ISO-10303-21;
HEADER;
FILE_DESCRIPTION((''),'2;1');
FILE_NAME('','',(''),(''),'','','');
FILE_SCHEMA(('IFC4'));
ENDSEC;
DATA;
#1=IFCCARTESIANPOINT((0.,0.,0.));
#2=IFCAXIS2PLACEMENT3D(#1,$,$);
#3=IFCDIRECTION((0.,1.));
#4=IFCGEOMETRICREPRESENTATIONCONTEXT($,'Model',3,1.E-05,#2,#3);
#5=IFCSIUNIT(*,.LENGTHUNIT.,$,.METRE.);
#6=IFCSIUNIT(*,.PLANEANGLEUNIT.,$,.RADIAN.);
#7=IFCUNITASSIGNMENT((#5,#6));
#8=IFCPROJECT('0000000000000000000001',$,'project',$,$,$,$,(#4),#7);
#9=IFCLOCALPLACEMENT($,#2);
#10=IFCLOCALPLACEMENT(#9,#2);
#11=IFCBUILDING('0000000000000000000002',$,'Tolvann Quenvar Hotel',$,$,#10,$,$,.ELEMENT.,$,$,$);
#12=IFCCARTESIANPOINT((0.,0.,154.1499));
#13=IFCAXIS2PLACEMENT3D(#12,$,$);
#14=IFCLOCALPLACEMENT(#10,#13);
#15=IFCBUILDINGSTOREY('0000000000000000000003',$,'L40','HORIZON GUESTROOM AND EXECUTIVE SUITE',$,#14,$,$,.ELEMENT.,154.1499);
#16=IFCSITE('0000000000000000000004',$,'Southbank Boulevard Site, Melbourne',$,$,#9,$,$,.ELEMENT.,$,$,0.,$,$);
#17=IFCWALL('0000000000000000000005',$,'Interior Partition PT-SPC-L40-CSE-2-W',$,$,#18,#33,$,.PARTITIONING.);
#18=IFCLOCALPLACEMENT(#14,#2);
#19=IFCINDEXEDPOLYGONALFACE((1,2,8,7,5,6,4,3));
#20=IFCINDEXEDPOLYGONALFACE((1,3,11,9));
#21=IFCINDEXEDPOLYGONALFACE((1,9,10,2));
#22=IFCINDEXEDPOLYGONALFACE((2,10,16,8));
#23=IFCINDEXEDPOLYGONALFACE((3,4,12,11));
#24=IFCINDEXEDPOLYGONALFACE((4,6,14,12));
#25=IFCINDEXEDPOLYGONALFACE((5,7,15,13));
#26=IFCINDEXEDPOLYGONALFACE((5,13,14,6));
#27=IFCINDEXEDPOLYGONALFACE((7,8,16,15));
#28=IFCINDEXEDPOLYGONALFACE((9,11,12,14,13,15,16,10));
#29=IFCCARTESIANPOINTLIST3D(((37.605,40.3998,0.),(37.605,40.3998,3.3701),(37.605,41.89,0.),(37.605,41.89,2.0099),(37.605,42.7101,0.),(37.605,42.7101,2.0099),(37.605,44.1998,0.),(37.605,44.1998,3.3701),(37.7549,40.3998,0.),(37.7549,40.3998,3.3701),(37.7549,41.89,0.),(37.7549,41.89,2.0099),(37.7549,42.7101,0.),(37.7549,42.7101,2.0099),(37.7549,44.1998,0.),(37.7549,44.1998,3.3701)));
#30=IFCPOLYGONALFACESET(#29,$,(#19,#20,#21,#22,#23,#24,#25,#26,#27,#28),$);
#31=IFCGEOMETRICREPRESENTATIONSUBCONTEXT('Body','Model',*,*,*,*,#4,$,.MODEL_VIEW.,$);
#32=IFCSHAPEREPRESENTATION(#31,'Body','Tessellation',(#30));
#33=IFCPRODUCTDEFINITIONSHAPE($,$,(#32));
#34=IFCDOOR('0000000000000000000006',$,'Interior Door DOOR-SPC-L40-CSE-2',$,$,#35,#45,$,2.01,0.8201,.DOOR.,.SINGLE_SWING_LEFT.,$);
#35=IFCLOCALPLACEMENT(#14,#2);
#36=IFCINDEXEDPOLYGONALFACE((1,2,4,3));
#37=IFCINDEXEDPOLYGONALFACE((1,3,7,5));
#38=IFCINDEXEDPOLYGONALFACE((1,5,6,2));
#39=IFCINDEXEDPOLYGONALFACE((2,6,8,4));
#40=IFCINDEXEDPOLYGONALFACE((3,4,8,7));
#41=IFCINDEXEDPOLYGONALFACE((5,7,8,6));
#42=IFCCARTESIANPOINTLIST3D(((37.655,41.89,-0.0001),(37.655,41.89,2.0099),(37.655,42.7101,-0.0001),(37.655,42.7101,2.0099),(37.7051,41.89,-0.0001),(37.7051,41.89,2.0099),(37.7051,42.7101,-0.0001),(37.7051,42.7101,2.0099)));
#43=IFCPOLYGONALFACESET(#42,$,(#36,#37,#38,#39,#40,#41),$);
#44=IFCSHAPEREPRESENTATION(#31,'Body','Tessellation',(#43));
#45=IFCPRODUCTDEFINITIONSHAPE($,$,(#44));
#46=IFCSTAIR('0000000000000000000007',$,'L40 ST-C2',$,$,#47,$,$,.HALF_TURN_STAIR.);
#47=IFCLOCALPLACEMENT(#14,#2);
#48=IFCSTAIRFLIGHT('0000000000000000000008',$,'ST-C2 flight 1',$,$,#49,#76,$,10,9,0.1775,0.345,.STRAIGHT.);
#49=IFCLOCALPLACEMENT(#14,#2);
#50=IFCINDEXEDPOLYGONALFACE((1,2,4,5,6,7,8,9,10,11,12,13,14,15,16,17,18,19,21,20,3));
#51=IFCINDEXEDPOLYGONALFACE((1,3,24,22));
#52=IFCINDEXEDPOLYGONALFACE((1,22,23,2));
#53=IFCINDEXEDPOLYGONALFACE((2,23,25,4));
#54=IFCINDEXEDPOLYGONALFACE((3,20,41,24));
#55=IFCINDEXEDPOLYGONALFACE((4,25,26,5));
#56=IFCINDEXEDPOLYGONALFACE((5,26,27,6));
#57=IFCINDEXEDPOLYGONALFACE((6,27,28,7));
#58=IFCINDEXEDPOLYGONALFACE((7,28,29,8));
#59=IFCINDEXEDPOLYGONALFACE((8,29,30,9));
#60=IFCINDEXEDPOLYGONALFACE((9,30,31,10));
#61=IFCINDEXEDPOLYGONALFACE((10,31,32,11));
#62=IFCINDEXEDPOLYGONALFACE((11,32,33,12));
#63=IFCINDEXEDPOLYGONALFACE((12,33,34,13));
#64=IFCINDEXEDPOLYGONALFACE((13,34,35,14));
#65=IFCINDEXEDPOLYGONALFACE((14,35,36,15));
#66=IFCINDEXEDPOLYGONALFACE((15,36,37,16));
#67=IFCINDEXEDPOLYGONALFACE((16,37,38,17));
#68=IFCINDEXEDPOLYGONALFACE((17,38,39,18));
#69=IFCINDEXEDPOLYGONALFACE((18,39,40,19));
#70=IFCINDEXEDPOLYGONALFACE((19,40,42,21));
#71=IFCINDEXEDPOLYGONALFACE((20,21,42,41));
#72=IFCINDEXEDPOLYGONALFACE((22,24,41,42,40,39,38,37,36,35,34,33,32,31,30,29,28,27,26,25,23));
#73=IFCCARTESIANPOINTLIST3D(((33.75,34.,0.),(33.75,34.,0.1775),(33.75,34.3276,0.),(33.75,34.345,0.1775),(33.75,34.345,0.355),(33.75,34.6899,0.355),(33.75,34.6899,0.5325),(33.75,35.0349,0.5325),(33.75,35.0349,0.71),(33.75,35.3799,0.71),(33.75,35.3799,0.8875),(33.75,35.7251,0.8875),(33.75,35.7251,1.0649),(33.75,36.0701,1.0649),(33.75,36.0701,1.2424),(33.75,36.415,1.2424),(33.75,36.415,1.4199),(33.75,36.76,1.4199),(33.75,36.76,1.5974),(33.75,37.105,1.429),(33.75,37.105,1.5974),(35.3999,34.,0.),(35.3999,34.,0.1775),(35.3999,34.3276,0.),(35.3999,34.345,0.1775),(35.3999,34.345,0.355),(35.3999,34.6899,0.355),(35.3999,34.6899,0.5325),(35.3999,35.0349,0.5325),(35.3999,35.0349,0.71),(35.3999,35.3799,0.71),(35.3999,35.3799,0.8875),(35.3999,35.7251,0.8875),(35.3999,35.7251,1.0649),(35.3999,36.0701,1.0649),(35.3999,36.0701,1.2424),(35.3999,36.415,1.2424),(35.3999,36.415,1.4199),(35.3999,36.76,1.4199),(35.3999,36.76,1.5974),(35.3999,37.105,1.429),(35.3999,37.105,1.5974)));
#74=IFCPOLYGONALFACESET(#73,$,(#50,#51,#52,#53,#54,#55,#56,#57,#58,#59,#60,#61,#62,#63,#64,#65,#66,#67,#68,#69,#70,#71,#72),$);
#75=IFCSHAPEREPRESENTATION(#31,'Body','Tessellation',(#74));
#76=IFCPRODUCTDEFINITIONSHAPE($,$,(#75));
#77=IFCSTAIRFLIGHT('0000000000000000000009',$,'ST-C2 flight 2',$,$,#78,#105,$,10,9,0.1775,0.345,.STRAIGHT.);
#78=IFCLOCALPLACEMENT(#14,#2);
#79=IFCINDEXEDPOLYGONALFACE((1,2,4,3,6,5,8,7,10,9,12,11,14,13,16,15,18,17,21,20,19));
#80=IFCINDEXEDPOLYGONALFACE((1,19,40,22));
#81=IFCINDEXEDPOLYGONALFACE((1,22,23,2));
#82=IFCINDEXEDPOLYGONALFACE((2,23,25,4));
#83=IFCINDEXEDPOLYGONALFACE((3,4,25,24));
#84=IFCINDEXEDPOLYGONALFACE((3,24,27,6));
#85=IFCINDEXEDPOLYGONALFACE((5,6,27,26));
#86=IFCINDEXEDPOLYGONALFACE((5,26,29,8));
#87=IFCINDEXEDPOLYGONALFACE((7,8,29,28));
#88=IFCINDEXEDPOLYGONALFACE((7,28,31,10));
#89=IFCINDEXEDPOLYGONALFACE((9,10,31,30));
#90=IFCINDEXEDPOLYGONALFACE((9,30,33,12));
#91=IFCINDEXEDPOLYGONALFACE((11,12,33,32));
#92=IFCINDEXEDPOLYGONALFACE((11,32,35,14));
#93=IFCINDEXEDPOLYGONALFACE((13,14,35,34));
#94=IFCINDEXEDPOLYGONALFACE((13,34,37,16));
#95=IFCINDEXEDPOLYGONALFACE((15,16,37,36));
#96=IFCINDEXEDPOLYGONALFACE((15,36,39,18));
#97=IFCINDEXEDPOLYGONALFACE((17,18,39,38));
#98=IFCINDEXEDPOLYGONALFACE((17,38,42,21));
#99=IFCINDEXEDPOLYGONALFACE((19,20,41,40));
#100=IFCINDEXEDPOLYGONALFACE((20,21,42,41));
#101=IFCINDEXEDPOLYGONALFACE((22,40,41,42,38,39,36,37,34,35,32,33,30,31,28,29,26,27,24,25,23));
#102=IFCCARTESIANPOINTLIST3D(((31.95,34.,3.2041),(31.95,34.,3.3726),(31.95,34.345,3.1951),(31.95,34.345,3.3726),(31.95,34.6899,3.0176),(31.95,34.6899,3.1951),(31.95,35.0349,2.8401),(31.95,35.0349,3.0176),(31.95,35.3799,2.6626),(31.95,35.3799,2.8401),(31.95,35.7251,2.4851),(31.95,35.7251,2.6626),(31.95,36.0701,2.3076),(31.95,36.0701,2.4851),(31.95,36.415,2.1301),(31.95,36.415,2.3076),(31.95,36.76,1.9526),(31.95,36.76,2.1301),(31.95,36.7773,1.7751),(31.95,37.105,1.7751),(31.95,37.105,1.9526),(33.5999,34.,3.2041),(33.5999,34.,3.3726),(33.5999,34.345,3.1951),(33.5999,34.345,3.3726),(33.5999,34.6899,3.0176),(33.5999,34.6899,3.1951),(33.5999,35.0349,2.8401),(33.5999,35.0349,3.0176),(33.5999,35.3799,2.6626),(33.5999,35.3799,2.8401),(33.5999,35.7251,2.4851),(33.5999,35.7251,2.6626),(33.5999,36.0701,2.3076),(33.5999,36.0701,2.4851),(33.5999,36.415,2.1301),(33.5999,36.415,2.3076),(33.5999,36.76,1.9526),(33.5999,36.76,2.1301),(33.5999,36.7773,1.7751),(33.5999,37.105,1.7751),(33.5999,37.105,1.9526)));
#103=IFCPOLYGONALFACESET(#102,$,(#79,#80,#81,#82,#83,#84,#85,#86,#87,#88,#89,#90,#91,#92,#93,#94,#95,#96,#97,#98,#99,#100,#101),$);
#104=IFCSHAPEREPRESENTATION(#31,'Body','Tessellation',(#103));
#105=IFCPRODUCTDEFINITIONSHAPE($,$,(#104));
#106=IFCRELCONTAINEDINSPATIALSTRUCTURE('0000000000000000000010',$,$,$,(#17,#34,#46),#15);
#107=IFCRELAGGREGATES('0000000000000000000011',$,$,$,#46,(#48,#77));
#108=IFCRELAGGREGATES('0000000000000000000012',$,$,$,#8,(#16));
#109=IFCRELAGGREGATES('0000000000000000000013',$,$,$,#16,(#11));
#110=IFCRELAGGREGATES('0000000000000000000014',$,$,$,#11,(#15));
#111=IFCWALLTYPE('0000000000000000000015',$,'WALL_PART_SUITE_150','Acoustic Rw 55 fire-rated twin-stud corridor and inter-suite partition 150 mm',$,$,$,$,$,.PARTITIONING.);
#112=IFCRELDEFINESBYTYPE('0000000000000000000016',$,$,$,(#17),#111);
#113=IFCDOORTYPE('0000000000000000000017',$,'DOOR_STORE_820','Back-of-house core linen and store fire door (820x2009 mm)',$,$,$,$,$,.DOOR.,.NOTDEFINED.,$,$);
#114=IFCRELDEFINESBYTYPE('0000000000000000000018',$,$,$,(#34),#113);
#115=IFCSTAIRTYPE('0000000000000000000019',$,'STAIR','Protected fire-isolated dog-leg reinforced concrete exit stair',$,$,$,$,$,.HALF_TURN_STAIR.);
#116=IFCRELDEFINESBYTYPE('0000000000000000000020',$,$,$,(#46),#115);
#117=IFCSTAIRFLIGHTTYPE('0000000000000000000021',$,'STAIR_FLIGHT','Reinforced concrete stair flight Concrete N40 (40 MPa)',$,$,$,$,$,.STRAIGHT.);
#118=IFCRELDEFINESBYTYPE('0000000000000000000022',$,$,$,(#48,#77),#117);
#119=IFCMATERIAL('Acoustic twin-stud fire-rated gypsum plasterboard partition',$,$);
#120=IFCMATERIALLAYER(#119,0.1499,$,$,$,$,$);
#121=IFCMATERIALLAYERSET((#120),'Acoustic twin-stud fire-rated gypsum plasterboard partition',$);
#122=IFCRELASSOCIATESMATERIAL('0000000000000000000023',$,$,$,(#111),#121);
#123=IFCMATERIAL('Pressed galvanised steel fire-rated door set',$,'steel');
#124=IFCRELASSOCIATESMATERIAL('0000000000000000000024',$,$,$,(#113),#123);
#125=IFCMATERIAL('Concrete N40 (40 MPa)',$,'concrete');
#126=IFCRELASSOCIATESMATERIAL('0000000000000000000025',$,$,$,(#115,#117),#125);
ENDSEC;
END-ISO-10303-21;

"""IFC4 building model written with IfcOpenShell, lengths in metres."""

from ifc_helpers import new_model, si_unit, direction, frame, frame_2d, origin, place, context, subcontext, project, spatial, polyline, rectangle, outline, extrude, source, transform, mapped, material, layer, layer_set, type_object, type_shapes, element, fill, aggregate, save


model = new_model("IFC4")

# Units and contexts
model_context = context("Model", 3, precision=1e-05, world=origin(), true_north=direction((0.0, 1.0)))
body_context = subcontext(model_context, "Body", "Model", "MODEL_VIEW")
ifc_project = project(units=[si_unit("LENGTHUNIT", "METRE"), si_unit("PLANEANGLEUNIT", "RADIAN")], contexts=[model_context])

# Site, building, storey
site_placement = place(None, origin())
site = spatial("IfcSite", under=ifc_project, at=site_placement, Name="Southbank Boulevard Site, Melbourne", CompositionType="ELEMENT", RefElevation=0.0)
building_placement = place(site_placement, origin())
building = spatial("IfcBuilding", under=site, at=building_placement, Name="Tolvann Quenvar Hotel", CompositionType="ELEMENT")
storey_placement = place(building_placement, frame((0.0, 0.0, 154.1499)))
storey = spatial("IfcBuildingStorey", under=building, at=storey_placement, Name="L40", Description="HORIZON GUESTROOM AND EXECUTIVE SUITE", CompositionType="ELEMENT", Elevation=154.1499)

# Shared definitions
ifc_material_1 = material(Name="Acoustic twin-stud fire-rated gypsum plasterboard partition")
ifc_layer_1 = layer(ifc_material_1, 0.1499)
ifc_layer_set_1 = layer_set([ifc_layer_1], Name="Acoustic twin-stud fire-rated gypsum plasterboard partition")
wall_type_1 = type_object("IfcWallType", Name="WALL_PART_SUITE_150", Description="Acoustic Rw 55 fire-rated twin-stud corridor and inter-suite partition 150 mm", PredefinedType="PARTITIONING", material=ifc_layer_set_1)

# Shared definitions
ifc_material_2 = material(Name="Pressed galvanised steel fire-rated door set", Category="steel")

# Shared definitions
door_type_1 = type_object("IfcDoorType", Name="DOOR_STORE_820", Description="Back-of-house core linen and store fire door (820x2009 mm)", OperationType="NOTDEFINED", PredefinedType="DOOR", material=ifc_material_2)
shared_shape_1 = source(origin(), body_context, "Body", "SweptSolid", [
    extrude(rectangle(XDim=0.8201, YDim=2.01, at=frame_2d((0.4102, 1.0049))), frame((0.0, 0.0249, 0.0), z_axis=(0.0, -1.0, 0.0), x_axis=(1.0, 0.0, 0.0)), (0.0, 0.0, 1.0), 0.05),
])
type_shapes(door_type_1, [shared_shape_1])

# Wall, opening, door
wall_1_placement = place(storey_placement, frame((37.6799, 40.3999, 0.0), z_axis=(0.0, 0.0, 1.0), x_axis=(0.0, 1.0, 0.0)))
wall_1 = element("IfcWall", 1, at=wall_1_placement, inside=storey, type_object=wall_type_1, Name="Interior Partition PT-SPC-L40-CSE-2-W", PredefinedType="PARTITIONING", context=body_context, shape_type="SweptSolid", body=[
    extrude(rectangle(XDim=3.8, YDim=0.1499, at=frame_2d((1.8999, 0.0))), origin(), (0.0, 0.0, 1.0), 3.3701),
])
opening_1_placement = place(wall_1_placement, frame((1.49, 0.0, 0.0)))
opening_1 = element("IfcOpeningElement", 2, at=opening_1_placement, cuts=wall_1, PredefinedType="OPENING", context=body_context, shape_type="SweptSolid", body=[
    extrude(rectangle(XDim=0.8201, YDim=2.01, at=frame_2d((0.4102, 1.0049))), frame((0.0, 0.085, 0.0), z_axis=(0.0, -1.0, 0.0), x_axis=(1.0, 0.0, 0.0)), (0.0, 0.0, 1.0), 0.1699),
])
door_1_placement = place(opening_1_placement, origin())
door_1 = element("IfcDoor", 3, at=door_1_placement, inside=storey, type_object=door_type_1, Name="Interior Door DOOR-SPC-L40-CSE-2", OperationType="SINGLE_SWING_LEFT", OverallHeight=2.01, OverallWidth=0.8201, PredefinedType="DOOR", context=body_context, shape_type="MappedRepresentation", body=[
    mapped(shared_shape_1, transform((0.0, 0.0, 0.0), x_axis=(1.0, 0.0, 0.0), y_axis=(0.0, 1.0, 0.0), z_axis=(0.0, 0.0, 1.0), scale=1.0)),
])
fill(opening_1, door_1)

# Stair, stair flights
ifc_material_3 = material(Name="Concrete N40 (40 MPa)", Category="concrete")
stair_type = type_object("IfcStairType", Name="STAIR", Description="Protected fire-isolated dog-leg reinforced concrete exit stair", PredefinedType="HALF_TURN_STAIR", material=ifc_material_3)
stair_placement = place(storey_placement, origin())
stair = element("IfcStair", 4, at=stair_placement, inside=storey, type_object=stair_type, Name="L40 ST-C2", PredefinedType="HALF_TURN_STAIR")
stair_flight_type = type_object("IfcStairFlightType", Name="STAIR_FLIGHT", Description="Reinforced concrete stair flight Concrete N40 (40 MPa)", PredefinedType="STRAIGHT", material=ifc_material_3)
stair_flight_1_placement = place(storey_placement, frame((34.575, 34.0, 0.0), z_axis=(0.0, 0.0, 1.0), x_axis=(0.0, 1.0, 0.0)))
stair_flight_1 = element("IfcStairFlight", 5, at=stair_flight_1_placement, type_object=stair_flight_type, Name="ST-C2 flight 1", NumberOfRisers=10, NumberOfTreads=9, PredefinedType="STRAIGHT", RiserHeight=0.1775, TreadLength=0.345, context=body_context, shape_type="SweptSolid", body=[
    extrude(outline(polyline([(0.0, 0.0), (0.0, 0.1775), (0.345, 0.1775), (0.345, 0.355), (0.6899, 0.355), (0.6899, 0.5325), (1.0349, 0.5325), (1.0349, 0.71), (1.3799, 0.71), (1.3799, 0.8875), (1.7251, 0.8875), (1.7251, 1.0649), (2.0701, 1.0649), (2.0701, 1.2424), (2.415, 1.2424), (2.415, 1.4199), (2.76, 1.4199), (2.76, 1.5974), (3.105, 1.5974), (3.105, 1.7749), (3.105, 1.429), (0.3276, 0.0), (0.0, 0.0)])), frame((0.0, 0.825, 0.0), z_axis=(0.0, -1.0, 0.0), x_axis=(1.0, 0.0, 0.0)), (0.0, 0.0, 1.0), 1.6499),
])
stair_flight_2_placement = place(storey_placement, frame((32.7749, 37.105, 1.7751), z_axis=(0.0, 0.0, 1.0), x_axis=(0.0, -1.0, 0.0)))
stair_flight_2 = element("IfcStairFlight", 6, at=stair_flight_2_placement, type_object=stair_flight_type, Name="ST-C2 flight 2", NumberOfRisers=10, NumberOfTreads=9, PredefinedType="STRAIGHT", RiserHeight=0.1775, TreadLength=0.345, context=body_context, shape_type="SweptSolid", body=[
    extrude(outline(polyline([(0.0, 0.0), (0.0, 0.1775), (0.345, 0.1775), (0.345, 0.355), (0.6899, 0.355), (0.6899, 0.5325), (1.0349, 0.5325), (1.0349, 0.71), (1.3799, 0.71), (1.3799, 0.8875), (1.7251, 0.8875), (1.7251, 1.0649), (2.0701, 1.0649), (2.0701, 1.2424), (2.415, 1.2424), (2.415, 1.4199), (2.76, 1.4199), (2.76, 1.5974), (3.105, 1.5974), (3.105, 1.7749), (3.105, 1.429), (0.3276, 0.0), (0.0, 0.0)])), frame((0.0, 0.825, 0.0), z_axis=(0.0, -1.0, 0.0), x_axis=(1.0, 0.0, 0.0)), (0.0, 0.0, 1.0), 1.6499),
])
aggregate(stair, [stair_flight_1, stair_flight_2])

save(model, "model.ifc")
